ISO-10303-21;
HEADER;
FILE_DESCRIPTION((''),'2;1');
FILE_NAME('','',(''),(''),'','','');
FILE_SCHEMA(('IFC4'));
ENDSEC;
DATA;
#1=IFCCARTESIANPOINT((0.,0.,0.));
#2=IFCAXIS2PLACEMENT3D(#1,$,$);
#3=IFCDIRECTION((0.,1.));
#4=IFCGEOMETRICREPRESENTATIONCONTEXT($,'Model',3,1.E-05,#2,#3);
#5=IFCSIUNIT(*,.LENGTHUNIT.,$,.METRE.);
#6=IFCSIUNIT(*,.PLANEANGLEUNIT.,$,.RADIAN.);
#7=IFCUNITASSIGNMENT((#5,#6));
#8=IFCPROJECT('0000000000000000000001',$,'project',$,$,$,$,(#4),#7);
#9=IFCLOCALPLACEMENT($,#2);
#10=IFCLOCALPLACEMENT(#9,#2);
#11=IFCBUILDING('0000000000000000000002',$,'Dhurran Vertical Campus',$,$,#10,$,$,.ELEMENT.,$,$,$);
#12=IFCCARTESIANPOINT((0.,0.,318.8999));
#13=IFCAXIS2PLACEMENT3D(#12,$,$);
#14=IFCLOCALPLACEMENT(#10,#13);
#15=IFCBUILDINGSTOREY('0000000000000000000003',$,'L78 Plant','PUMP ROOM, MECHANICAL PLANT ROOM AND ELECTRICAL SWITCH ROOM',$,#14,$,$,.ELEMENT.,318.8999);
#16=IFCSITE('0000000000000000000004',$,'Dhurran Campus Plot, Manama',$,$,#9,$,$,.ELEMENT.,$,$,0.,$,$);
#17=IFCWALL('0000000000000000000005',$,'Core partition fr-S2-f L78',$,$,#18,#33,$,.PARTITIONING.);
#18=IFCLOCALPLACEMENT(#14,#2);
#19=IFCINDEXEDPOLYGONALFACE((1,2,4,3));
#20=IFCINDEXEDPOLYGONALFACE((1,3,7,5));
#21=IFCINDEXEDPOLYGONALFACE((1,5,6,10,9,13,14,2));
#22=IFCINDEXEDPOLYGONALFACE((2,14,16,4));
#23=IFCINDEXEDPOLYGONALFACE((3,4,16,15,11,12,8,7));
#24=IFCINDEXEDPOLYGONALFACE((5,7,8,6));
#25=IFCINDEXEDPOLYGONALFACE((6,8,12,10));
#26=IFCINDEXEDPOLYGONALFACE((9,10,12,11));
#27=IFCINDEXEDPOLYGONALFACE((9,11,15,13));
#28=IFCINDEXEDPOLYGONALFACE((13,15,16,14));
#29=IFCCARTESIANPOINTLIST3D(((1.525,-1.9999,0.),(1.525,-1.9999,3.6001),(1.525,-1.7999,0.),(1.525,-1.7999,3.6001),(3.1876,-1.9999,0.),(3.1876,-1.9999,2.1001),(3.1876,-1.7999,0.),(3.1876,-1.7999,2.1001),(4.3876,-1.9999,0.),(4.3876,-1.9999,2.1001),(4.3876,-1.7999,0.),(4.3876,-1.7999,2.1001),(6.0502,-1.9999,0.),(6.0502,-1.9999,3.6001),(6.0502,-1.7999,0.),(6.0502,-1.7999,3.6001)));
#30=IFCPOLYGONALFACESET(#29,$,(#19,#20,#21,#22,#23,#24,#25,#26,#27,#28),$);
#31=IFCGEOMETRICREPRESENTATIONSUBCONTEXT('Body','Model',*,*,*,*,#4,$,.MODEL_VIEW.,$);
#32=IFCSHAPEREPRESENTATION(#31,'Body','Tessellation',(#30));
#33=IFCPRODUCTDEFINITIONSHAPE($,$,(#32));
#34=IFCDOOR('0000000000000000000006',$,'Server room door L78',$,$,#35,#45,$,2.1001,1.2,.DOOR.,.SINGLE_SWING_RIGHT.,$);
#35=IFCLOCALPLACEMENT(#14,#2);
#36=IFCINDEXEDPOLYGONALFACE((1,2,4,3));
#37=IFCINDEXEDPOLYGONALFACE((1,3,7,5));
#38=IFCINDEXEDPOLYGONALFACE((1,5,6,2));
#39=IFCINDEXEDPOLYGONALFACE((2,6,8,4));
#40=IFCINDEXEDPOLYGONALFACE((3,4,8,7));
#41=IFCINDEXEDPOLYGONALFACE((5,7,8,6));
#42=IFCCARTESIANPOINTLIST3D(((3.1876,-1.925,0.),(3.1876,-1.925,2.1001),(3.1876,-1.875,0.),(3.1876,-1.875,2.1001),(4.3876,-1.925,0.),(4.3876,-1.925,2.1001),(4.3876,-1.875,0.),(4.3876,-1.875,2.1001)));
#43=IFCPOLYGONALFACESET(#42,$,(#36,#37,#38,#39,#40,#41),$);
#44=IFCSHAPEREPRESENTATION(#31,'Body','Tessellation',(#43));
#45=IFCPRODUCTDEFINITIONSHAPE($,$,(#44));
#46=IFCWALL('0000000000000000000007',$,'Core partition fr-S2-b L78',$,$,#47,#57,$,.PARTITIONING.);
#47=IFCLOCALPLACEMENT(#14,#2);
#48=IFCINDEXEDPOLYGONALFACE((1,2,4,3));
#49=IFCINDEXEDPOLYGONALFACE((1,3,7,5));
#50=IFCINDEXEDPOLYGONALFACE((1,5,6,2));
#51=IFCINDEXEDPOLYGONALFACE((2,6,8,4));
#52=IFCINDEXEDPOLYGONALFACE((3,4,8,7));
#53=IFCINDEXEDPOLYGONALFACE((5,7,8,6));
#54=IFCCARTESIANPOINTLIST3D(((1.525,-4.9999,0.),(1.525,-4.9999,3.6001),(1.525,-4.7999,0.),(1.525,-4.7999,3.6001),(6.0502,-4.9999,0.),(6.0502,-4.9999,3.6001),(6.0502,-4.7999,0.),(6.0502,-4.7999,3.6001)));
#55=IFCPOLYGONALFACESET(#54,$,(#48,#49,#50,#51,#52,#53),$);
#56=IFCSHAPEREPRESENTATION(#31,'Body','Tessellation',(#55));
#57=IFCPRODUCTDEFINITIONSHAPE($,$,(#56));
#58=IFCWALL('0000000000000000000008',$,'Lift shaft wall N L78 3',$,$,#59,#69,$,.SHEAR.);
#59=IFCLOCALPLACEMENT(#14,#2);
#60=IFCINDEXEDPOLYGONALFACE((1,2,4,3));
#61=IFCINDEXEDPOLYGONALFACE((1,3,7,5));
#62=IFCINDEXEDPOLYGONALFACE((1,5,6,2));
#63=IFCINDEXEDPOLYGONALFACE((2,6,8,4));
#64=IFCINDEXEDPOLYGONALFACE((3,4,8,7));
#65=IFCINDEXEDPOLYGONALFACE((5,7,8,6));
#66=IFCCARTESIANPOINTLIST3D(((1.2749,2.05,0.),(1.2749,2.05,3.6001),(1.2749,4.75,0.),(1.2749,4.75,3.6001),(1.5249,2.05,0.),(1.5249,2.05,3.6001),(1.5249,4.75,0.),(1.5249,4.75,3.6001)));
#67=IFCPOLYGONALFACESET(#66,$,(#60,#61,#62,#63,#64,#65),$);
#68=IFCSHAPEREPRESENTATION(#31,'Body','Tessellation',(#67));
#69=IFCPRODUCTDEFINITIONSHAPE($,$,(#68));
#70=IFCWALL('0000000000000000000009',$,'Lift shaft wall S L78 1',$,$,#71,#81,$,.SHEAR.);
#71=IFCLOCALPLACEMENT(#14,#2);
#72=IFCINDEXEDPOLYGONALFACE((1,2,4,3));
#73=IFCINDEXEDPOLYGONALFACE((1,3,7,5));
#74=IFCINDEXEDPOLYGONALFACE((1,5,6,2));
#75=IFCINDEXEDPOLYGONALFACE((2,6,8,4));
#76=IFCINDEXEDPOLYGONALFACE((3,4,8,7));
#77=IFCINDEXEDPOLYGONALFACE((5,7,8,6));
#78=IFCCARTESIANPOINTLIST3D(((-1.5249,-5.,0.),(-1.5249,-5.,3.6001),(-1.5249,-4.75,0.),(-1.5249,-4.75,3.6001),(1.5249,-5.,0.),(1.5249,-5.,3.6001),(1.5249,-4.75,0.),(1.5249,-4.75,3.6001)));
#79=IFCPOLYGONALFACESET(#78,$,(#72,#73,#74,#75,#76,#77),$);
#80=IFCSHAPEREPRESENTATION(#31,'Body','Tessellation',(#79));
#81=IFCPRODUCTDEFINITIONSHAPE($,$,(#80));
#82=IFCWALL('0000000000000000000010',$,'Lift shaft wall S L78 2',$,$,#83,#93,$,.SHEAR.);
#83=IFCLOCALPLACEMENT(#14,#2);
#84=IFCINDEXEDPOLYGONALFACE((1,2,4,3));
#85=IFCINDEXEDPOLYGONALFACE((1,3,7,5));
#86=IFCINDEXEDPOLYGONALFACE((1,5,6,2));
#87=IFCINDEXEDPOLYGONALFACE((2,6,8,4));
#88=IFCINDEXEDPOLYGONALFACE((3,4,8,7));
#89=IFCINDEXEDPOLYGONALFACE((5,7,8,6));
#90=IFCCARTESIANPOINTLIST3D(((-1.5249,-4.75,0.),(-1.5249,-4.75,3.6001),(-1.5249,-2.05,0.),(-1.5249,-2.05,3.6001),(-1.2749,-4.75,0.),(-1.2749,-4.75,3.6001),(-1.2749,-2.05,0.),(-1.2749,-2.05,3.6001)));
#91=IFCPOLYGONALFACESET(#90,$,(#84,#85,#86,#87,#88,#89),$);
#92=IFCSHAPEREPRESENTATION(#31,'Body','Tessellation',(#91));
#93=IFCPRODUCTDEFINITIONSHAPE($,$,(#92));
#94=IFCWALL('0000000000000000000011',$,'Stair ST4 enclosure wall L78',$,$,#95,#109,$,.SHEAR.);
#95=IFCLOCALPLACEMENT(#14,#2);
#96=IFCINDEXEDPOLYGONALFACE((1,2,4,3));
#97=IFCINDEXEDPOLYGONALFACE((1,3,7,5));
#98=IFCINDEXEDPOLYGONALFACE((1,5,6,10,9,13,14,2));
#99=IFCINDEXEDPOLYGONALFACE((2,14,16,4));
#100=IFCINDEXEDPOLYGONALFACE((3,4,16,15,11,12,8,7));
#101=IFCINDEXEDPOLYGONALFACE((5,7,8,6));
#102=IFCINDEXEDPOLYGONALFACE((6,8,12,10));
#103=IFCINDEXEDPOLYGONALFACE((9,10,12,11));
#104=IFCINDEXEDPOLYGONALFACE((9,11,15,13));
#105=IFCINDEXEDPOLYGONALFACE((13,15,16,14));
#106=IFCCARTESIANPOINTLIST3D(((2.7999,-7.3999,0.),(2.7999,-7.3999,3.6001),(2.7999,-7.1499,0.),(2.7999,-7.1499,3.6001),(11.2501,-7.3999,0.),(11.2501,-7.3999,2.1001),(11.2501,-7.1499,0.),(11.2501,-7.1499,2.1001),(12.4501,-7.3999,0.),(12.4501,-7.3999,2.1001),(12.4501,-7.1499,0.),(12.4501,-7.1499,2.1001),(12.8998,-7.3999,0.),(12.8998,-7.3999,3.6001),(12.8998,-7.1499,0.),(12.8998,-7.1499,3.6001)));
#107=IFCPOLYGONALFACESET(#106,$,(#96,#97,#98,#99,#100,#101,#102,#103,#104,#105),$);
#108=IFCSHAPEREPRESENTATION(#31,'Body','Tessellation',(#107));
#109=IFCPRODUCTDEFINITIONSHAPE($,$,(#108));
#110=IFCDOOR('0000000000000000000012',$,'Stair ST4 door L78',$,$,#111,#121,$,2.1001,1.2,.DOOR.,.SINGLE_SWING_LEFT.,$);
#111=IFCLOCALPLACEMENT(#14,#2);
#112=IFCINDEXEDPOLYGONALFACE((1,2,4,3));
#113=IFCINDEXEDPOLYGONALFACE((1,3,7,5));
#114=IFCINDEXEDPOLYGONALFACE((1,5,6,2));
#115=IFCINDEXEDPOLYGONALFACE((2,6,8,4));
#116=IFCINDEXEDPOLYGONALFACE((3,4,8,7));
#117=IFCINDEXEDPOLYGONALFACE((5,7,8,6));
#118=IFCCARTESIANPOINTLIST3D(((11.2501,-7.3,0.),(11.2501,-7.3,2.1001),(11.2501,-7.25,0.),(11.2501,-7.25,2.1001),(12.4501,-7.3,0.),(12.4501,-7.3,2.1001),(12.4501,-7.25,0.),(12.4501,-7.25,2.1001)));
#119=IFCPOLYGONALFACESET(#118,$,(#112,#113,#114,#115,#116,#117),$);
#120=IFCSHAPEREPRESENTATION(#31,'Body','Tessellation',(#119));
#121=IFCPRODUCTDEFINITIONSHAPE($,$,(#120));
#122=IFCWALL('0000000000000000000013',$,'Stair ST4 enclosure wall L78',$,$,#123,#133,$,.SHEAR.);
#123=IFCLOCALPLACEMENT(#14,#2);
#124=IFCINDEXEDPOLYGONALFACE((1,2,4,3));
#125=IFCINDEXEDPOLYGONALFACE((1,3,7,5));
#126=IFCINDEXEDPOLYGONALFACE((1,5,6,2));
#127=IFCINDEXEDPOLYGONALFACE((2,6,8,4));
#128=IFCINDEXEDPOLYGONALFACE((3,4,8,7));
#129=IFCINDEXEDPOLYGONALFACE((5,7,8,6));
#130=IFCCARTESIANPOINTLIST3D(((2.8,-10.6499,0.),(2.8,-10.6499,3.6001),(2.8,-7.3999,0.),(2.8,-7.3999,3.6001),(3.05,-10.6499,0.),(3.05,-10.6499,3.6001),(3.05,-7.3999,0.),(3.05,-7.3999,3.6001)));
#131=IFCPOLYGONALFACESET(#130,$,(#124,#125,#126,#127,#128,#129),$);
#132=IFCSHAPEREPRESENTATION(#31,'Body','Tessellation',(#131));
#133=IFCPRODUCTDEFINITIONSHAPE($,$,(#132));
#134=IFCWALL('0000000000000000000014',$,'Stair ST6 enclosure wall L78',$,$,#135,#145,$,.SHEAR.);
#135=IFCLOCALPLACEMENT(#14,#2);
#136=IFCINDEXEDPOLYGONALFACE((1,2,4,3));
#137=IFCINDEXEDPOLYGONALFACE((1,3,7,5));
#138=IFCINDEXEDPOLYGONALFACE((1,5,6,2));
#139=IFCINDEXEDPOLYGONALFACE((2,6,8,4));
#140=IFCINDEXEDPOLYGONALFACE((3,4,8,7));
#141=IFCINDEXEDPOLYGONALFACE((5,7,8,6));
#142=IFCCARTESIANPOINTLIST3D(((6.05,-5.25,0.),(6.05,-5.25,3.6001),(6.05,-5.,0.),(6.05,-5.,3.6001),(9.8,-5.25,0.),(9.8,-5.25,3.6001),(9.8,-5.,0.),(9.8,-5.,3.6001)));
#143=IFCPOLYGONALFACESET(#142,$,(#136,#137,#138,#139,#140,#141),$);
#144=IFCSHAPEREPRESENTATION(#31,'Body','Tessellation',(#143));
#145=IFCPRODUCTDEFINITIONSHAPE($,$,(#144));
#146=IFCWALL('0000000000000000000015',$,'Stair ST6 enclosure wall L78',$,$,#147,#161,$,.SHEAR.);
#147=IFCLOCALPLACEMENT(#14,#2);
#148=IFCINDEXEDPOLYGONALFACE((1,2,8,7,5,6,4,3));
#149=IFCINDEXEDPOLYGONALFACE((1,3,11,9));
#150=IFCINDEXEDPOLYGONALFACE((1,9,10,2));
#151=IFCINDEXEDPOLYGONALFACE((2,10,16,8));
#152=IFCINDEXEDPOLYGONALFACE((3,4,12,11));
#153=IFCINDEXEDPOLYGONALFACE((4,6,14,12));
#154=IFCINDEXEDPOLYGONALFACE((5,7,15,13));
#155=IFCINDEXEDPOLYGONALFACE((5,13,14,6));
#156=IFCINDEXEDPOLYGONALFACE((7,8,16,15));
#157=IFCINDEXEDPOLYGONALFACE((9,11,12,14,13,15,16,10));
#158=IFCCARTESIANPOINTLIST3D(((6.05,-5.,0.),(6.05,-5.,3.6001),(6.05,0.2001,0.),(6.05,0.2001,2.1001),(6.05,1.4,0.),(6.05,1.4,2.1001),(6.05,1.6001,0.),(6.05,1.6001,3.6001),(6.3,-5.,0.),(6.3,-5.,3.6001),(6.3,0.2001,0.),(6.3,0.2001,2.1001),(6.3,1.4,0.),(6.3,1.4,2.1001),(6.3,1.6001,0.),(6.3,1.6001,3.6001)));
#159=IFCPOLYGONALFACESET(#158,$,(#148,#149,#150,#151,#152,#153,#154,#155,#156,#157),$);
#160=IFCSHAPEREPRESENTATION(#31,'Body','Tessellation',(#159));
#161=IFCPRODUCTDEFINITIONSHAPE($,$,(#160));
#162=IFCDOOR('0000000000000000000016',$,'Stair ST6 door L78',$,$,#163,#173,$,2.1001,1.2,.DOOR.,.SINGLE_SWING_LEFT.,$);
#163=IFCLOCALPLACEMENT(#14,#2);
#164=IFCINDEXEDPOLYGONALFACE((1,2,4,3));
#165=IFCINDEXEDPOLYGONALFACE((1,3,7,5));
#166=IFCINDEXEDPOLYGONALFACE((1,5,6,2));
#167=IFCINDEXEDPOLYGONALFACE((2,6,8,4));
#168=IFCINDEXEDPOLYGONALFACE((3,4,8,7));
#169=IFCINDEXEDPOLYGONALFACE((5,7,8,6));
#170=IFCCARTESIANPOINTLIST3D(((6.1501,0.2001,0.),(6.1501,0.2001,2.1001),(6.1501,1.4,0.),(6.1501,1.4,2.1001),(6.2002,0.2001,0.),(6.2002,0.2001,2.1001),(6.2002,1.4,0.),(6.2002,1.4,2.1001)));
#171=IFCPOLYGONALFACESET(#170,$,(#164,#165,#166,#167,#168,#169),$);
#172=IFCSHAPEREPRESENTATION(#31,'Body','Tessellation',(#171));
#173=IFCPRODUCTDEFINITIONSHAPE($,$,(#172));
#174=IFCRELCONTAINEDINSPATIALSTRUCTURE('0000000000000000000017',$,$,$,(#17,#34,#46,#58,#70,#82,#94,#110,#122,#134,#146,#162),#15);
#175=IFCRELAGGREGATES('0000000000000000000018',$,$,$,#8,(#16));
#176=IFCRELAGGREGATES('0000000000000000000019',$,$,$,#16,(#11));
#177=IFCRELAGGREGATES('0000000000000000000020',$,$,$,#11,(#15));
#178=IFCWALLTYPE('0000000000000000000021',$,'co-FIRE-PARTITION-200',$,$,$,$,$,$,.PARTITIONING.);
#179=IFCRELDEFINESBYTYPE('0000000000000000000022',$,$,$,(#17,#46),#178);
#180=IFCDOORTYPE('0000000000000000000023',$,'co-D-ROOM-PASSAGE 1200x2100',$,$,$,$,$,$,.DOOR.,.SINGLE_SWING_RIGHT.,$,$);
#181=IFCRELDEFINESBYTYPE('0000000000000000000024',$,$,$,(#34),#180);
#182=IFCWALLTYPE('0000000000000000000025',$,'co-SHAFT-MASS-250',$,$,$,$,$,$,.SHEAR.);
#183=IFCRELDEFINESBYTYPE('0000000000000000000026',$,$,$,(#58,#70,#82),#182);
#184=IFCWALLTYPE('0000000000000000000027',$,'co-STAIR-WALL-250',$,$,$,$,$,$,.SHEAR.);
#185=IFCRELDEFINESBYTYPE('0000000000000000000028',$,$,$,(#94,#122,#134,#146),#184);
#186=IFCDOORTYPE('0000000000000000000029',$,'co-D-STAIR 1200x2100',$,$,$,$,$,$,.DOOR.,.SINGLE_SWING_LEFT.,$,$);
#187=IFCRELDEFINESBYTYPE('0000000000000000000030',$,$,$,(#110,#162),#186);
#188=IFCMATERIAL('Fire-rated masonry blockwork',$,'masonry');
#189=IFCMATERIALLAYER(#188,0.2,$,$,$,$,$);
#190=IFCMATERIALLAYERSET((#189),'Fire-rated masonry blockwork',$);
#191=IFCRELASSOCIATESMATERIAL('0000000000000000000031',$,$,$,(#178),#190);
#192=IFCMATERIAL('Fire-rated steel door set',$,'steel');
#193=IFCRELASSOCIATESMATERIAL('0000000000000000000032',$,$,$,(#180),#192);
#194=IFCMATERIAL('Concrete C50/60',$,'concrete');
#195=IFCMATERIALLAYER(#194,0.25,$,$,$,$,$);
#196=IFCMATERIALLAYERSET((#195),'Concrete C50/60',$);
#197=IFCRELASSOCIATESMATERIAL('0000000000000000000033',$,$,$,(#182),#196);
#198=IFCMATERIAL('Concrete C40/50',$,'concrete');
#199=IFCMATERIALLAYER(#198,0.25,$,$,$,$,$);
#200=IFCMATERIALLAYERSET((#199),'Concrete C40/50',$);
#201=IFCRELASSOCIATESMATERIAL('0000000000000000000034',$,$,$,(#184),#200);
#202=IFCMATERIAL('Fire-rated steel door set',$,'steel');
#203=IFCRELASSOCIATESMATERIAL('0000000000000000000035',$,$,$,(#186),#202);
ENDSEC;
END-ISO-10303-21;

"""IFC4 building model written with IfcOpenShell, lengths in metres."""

from ifc_helpers import new_model, si_unit, direction, frame, frame_2d, origin, place, context, subcontext, project, spatial, polyline, rectangle, outline, extrude, material, layer, layer_set, type_object, element, fill, save


model = new_model("IFC4")

# Units and contexts
model_context = context("Model", 3, precision=1e-05, world=origin(), true_north=direction((0.0, 1.0)))
body_context = subcontext(model_context, "Body", "Model", "MODEL_VIEW")
ifc_project = project(units=[si_unit("LENGTHUNIT", "METRE"), si_unit("PLANEANGLEUNIT", "RADIAN")], contexts=[model_context])

# Site, building, storey
site_placement = place(None, origin())
site = spatial("IfcSite", under=ifc_project, at=site_placement, Name="Dhurran Campus Plot, Manama", CompositionType="ELEMENT", RefElevation=0.0)
building_placement = place(site_placement, origin())
building = spatial("IfcBuilding", under=site, at=building_placement, Name="Dhurran Vertical Campus", CompositionType="ELEMENT")
storey_placement = place(building_placement, frame((0.0, 0.0, 318.8999)))
storey = spatial("IfcBuildingStorey", under=building, at=storey_placement, Name="L78 Plant", Description="PUMP ROOM, MECHANICAL PLANT ROOM AND ELECTRICAL SWITCH ROOM", CompositionType="ELEMENT", Elevation=318.8999)

# Shared definitions
ifc_material_1 = material(Name="Fire-rated masonry blockwork", Category="masonry")
ifc_layer_1 = layer(ifc_material_1, 0.2)
ifc_layer_set_1 = layer_set([ifc_layer_1], Name="Fire-rated masonry blockwork")
wall_type_1 = type_object("IfcWallType", Name="co-FIRE-PARTITION-200", PredefinedType="PARTITIONING", material=ifc_layer_set_1)

# Wall, opening, door
wall_1_placement = place(storey_placement, frame((1.5249, -1.8999, 0.0), z_axis=(0.0, 0.0, 1.0), x_axis=(1.0, 0.0, 0.0)))
wall_1 = element("IfcWall", 1, at=wall_1_placement, inside=storey, type_object=wall_type_1, Name="Core partition fr-S2-f L78", PredefinedType="PARTITIONING", context=body_context, shape_type="SweptSolid", body=[
    extrude(rectangle(XDim=4.5251, YDim=0.2, at=frame_2d((2.2627, 0.0))), origin(), (0.0, 0.0, 1.0), 3.6001),
])
opening_1_placement = place(wall_1_placement, frame((1.6626, 0.0, 0.0)))
opening_1 = element("IfcOpeningElement", 2, at=opening_1_placement, cuts=wall_1, PredefinedType="OPENING", context=body_context, shape_type="SweptSolid", body=[
    extrude(rectangle(XDim=1.2, YDim=2.1001, at=frame_2d((0.6001, 1.05))), frame((0.0, 0.1099, 0.0), z_axis=(0.0, -1.0, 0.0), x_axis=(1.0, 0.0, 0.0)), (0.0, 0.0, 1.0), 0.22),
])
ifc_material_2 = material(Name="Fire-rated steel door set", Category="steel")
door_type_1 = type_object("IfcDoorType", Name="co-D-ROOM-PASSAGE 1200x2100", OperationType="SINGLE_SWING_RIGHT", PredefinedType="DOOR", material=ifc_material_2)
door_1_placement = place(opening_1_placement, origin())
door_1 = element("IfcDoor", 3, at=door_1_placement, inside=storey, type_object=door_type_1, Name="Server room door L78", OperationType="SINGLE_SWING_RIGHT", OverallHeight=2.1001, OverallWidth=1.2, PredefinedType="DOOR", context=body_context, shape_type="SweptSolid", body=[
    extrude(rectangle(XDim=1.2, YDim=2.1001, at=frame_2d((0.6001, 1.05))), frame((0.0, 0.0249, 0.0), z_axis=(0.0, -1.0, 0.0), x_axis=(1.0, 0.0, 0.0)), (0.0, 0.0, 1.0), 0.05),
])
fill(opening_1, door_1)

# Walls
wall_2_placement = place(storey_placement, frame((1.5249, -4.8999, 0.0), z_axis=(0.0, 0.0, 1.0), x_axis=(1.0, 0.0, 0.0)))
element("IfcWall", 4, at=wall_2_placement, inside=storey, type_object=wall_type_1, Name="Core partition fr-S2-b L78", PredefinedType="PARTITIONING", context=body_context, shape_type="SweptSolid", body=[
    extrude(rectangle(XDim=4.5251, YDim=0.2, at=frame_2d((2.2627, 0.0))), origin(), (0.0, 0.0, 1.0), 3.6001),
])
ifc_material_3 = material(Name="Concrete C50/60", Category="concrete")
ifc_layer_2 = layer(ifc_material_3, 0.25)
ifc_layer_set_2 = layer_set([ifc_layer_2], Name="Concrete C50/60")
wall_type_2 = type_object("IfcWallType", Name="co-SHAFT-MASS-250", PredefinedType="SHEAR", material=ifc_layer_set_2)
wall_3_placement = place(storey_placement, origin())
element("IfcWall", 5, at=wall_3_placement, inside=storey, type_object=wall_type_2, Name="Lift shaft wall N L78 3", PredefinedType="SHEAR", context=body_context, shape_type="SweptSolid", body=[
    extrude(outline(polyline([(1.2749, 2.05), (1.5249, 2.05), (1.5249, 4.75), (1.2749, 4.75), (1.2749, 2.05)])), origin(), (0.0, 0.0, 1.0), 3.6001),
])
wall_4_placement = place(storey_placement, origin())
element("IfcWall", 6, at=wall_4_placement, inside=storey, type_object=wall_type_2, Name="Lift shaft wall S L78 1", PredefinedType="SHEAR", context=body_context, shape_type="SweptSolid", body=[
    extrude(outline(polyline([(-1.5249, -5.0), (1.5249, -5.0), (1.5249, -4.75), (-1.5249, -4.75), (-1.5249, -5.0)])), origin(), (0.0, 0.0, 1.0), 3.6001),
])
wall_5_placement = place(storey_placement, origin())
element("IfcWall", 7, at=wall_5_placement, inside=storey, type_object=wall_type_2, Name="Lift shaft wall S L78 2", PredefinedType="SHEAR", context=body_context, shape_type="SweptSolid", body=[
    extrude(outline(polyline([(-1.5249, -4.75), (-1.2749, -4.75), (-1.2749, -2.05), (-1.5249, -2.05), (-1.5249, -4.75)])), origin(), (0.0, 0.0, 1.0), 3.6001),
])

# Wall, opening, door
ifc_material_4 = material(Name="Concrete C40/50", Category="concrete")
ifc_layer_3 = layer(ifc_material_4, 0.25)
ifc_layer_set_3 = layer_set([ifc_layer_3], Name="Concrete C40/50")
wall_type_3 = type_object("IfcWallType", Name="co-STAIR-WALL-250", PredefinedType="SHEAR", material=ifc_layer_set_3)
wall_6_placement = place(storey_placement, frame((2.8, -7.2749, 0.0), z_axis=(0.0, 0.0, 1.0), x_axis=(1.0, 0.0, 0.0)))
wall_6 = element("IfcWall", 8, at=wall_6_placement, inside=storey, type_object=wall_type_3, Name="Stair ST4 enclosure wall L78", PredefinedType="SHEAR", context=body_context, shape_type="SweptSolid", body=[
    extrude(rectangle(XDim=10.0999, YDim=0.25, at=frame_2d((5.0498, 0.0))), origin(), (0.0, 0.0, 1.0), 3.6001),
])
opening_2_placement = place(wall_6_placement, frame((8.45, 0.0, 0.0)))
opening_2 = element("IfcOpeningElement", 9, at=opening_2_placement, cuts=wall_6, PredefinedType="OPENING", context=body_context, shape_type="SweptSolid", body=[
    extrude(rectangle(XDim=1.2, YDim=2.1001, at=frame_2d((0.6001, 1.05))), frame((0.0, 0.135, 0.0), z_axis=(0.0, -1.0, 0.0), x_axis=(1.0, 0.0, 0.0)), (0.0, 0.0, 1.0), 0.27),
])
ifc_material_5 = material(Name="Fire-rated steel door set", Category="steel")
door_type_2 = type_object("IfcDoorType", Name="co-D-STAIR 1200x2100", OperationType="SINGLE_SWING_LEFT", PredefinedType="DOOR", material=ifc_material_5)
door_2_placement = place(opening_2_placement, origin())
door_2 = element("IfcDoor", 10, at=door_2_placement, inside=storey, type_object=door_type_2, Name="Stair ST4 door L78", OperationType="SINGLE_SWING_LEFT", OverallHeight=2.1001, OverallWidth=1.2, PredefinedType="DOOR", context=body_context, shape_type="SweptSolid", body=[
    extrude(rectangle(XDim=1.2, YDim=2.1001, at=frame_2d((0.6001, 1.05))), frame((0.0, 0.0249, 0.0), z_axis=(0.0, -1.0, 0.0), x_axis=(1.0, 0.0, 0.0)), (0.0, 0.0, 1.0), 0.05),
])
fill(opening_2, door_2)

# Walls
wall_7_placement = place(storey_placement, frame((2.925, -10.6499, 0.0), z_axis=(0.0, 0.0, 1.0), x_axis=(0.0, 1.0, 0.0)))
element("IfcWall", 11, at=wall_7_placement, inside=storey, type_object=wall_type_3, Name="Stair ST4 enclosure wall L78", PredefinedType="SHEAR", context=body_context, shape_type="SweptSolid", body=[
    extrude(rectangle(XDim=3.25, YDim=0.25, at=frame_2d((1.625, 0.0))), origin(), (0.0, 0.0, 1.0), 3.6001),
])
wall_8_placement = place(storey_placement, frame((6.05, -5.125, 0.0), z_axis=(0.0, 0.0, 1.0), x_axis=(1.0, 0.0, 0.0)))
element("IfcWall", 12, at=wall_8_placement, inside=storey, type_object=wall_type_3, Name="Stair ST6 enclosure wall L78", PredefinedType="SHEAR", context=body_context, shape_type="SweptSolid", body=[
    extrude(rectangle(XDim=3.75, YDim=0.25, at=frame_2d((1.875, 0.0))), origin(), (0.0, 0.0, 1.0), 3.6001),
])

# Wall, opening, door
wall_9_placement = place(storey_placement, frame((6.175, -5.0, 0.0), z_axis=(0.0, 0.0, 1.0), x_axis=(0.0, 1.0, 0.0)))
wall_9 = element("IfcWall", 13, at=wall_9_placement, inside=storey, type_object=wall_type_3, Name="Stair ST6 enclosure wall L78", PredefinedType="SHEAR", context=body_context, shape_type="SweptSolid", body=[
    extrude(rectangle(XDim=6.6001, YDim=0.25, at=frame_2d((3.3, 0.0))), origin(), (0.0, 0.0, 1.0), 3.6001),
])
opening_3_placement = place(wall_9_placement, frame((5.2, 0.0, 0.0)))
opening_3 = element("IfcOpeningElement", 14, at=opening_3_placement, cuts=wall_9, PredefinedType="OPENING", context=body_context, shape_type="SweptSolid", body=[
    extrude(rectangle(XDim=1.2, YDim=2.1001, at=frame_2d((0.6001, 1.05))), frame((0.0, 0.135, 0.0), z_axis=(0.0, -1.0, 0.0), x_axis=(1.0, 0.0, 0.0)), (0.0, 0.0, 1.0), 0.27),
])
door_3_placement = place(opening_3_placement, origin())
door_3 = element("IfcDoor", 15, at=door_3_placement, inside=storey, type_object=door_type_2, Name="Stair ST6 door L78", OperationType="SINGLE_SWING_LEFT", OverallHeight=2.1001, OverallWidth=1.2, PredefinedType="DOOR", context=body_context, shape_type="SweptSolid", body=[
    extrude(rectangle(XDim=1.2, YDim=2.1001, at=frame_2d((0.6001, 1.05))), frame((0.0, 0.0249, 0.0), z_axis=(0.0, -1.0, 0.0), x_axis=(1.0, 0.0, 0.0)), (0.0, 0.0, 1.0), 0.05),
])
fill(opening_3, door_3)

save(model, "model.ifc")
